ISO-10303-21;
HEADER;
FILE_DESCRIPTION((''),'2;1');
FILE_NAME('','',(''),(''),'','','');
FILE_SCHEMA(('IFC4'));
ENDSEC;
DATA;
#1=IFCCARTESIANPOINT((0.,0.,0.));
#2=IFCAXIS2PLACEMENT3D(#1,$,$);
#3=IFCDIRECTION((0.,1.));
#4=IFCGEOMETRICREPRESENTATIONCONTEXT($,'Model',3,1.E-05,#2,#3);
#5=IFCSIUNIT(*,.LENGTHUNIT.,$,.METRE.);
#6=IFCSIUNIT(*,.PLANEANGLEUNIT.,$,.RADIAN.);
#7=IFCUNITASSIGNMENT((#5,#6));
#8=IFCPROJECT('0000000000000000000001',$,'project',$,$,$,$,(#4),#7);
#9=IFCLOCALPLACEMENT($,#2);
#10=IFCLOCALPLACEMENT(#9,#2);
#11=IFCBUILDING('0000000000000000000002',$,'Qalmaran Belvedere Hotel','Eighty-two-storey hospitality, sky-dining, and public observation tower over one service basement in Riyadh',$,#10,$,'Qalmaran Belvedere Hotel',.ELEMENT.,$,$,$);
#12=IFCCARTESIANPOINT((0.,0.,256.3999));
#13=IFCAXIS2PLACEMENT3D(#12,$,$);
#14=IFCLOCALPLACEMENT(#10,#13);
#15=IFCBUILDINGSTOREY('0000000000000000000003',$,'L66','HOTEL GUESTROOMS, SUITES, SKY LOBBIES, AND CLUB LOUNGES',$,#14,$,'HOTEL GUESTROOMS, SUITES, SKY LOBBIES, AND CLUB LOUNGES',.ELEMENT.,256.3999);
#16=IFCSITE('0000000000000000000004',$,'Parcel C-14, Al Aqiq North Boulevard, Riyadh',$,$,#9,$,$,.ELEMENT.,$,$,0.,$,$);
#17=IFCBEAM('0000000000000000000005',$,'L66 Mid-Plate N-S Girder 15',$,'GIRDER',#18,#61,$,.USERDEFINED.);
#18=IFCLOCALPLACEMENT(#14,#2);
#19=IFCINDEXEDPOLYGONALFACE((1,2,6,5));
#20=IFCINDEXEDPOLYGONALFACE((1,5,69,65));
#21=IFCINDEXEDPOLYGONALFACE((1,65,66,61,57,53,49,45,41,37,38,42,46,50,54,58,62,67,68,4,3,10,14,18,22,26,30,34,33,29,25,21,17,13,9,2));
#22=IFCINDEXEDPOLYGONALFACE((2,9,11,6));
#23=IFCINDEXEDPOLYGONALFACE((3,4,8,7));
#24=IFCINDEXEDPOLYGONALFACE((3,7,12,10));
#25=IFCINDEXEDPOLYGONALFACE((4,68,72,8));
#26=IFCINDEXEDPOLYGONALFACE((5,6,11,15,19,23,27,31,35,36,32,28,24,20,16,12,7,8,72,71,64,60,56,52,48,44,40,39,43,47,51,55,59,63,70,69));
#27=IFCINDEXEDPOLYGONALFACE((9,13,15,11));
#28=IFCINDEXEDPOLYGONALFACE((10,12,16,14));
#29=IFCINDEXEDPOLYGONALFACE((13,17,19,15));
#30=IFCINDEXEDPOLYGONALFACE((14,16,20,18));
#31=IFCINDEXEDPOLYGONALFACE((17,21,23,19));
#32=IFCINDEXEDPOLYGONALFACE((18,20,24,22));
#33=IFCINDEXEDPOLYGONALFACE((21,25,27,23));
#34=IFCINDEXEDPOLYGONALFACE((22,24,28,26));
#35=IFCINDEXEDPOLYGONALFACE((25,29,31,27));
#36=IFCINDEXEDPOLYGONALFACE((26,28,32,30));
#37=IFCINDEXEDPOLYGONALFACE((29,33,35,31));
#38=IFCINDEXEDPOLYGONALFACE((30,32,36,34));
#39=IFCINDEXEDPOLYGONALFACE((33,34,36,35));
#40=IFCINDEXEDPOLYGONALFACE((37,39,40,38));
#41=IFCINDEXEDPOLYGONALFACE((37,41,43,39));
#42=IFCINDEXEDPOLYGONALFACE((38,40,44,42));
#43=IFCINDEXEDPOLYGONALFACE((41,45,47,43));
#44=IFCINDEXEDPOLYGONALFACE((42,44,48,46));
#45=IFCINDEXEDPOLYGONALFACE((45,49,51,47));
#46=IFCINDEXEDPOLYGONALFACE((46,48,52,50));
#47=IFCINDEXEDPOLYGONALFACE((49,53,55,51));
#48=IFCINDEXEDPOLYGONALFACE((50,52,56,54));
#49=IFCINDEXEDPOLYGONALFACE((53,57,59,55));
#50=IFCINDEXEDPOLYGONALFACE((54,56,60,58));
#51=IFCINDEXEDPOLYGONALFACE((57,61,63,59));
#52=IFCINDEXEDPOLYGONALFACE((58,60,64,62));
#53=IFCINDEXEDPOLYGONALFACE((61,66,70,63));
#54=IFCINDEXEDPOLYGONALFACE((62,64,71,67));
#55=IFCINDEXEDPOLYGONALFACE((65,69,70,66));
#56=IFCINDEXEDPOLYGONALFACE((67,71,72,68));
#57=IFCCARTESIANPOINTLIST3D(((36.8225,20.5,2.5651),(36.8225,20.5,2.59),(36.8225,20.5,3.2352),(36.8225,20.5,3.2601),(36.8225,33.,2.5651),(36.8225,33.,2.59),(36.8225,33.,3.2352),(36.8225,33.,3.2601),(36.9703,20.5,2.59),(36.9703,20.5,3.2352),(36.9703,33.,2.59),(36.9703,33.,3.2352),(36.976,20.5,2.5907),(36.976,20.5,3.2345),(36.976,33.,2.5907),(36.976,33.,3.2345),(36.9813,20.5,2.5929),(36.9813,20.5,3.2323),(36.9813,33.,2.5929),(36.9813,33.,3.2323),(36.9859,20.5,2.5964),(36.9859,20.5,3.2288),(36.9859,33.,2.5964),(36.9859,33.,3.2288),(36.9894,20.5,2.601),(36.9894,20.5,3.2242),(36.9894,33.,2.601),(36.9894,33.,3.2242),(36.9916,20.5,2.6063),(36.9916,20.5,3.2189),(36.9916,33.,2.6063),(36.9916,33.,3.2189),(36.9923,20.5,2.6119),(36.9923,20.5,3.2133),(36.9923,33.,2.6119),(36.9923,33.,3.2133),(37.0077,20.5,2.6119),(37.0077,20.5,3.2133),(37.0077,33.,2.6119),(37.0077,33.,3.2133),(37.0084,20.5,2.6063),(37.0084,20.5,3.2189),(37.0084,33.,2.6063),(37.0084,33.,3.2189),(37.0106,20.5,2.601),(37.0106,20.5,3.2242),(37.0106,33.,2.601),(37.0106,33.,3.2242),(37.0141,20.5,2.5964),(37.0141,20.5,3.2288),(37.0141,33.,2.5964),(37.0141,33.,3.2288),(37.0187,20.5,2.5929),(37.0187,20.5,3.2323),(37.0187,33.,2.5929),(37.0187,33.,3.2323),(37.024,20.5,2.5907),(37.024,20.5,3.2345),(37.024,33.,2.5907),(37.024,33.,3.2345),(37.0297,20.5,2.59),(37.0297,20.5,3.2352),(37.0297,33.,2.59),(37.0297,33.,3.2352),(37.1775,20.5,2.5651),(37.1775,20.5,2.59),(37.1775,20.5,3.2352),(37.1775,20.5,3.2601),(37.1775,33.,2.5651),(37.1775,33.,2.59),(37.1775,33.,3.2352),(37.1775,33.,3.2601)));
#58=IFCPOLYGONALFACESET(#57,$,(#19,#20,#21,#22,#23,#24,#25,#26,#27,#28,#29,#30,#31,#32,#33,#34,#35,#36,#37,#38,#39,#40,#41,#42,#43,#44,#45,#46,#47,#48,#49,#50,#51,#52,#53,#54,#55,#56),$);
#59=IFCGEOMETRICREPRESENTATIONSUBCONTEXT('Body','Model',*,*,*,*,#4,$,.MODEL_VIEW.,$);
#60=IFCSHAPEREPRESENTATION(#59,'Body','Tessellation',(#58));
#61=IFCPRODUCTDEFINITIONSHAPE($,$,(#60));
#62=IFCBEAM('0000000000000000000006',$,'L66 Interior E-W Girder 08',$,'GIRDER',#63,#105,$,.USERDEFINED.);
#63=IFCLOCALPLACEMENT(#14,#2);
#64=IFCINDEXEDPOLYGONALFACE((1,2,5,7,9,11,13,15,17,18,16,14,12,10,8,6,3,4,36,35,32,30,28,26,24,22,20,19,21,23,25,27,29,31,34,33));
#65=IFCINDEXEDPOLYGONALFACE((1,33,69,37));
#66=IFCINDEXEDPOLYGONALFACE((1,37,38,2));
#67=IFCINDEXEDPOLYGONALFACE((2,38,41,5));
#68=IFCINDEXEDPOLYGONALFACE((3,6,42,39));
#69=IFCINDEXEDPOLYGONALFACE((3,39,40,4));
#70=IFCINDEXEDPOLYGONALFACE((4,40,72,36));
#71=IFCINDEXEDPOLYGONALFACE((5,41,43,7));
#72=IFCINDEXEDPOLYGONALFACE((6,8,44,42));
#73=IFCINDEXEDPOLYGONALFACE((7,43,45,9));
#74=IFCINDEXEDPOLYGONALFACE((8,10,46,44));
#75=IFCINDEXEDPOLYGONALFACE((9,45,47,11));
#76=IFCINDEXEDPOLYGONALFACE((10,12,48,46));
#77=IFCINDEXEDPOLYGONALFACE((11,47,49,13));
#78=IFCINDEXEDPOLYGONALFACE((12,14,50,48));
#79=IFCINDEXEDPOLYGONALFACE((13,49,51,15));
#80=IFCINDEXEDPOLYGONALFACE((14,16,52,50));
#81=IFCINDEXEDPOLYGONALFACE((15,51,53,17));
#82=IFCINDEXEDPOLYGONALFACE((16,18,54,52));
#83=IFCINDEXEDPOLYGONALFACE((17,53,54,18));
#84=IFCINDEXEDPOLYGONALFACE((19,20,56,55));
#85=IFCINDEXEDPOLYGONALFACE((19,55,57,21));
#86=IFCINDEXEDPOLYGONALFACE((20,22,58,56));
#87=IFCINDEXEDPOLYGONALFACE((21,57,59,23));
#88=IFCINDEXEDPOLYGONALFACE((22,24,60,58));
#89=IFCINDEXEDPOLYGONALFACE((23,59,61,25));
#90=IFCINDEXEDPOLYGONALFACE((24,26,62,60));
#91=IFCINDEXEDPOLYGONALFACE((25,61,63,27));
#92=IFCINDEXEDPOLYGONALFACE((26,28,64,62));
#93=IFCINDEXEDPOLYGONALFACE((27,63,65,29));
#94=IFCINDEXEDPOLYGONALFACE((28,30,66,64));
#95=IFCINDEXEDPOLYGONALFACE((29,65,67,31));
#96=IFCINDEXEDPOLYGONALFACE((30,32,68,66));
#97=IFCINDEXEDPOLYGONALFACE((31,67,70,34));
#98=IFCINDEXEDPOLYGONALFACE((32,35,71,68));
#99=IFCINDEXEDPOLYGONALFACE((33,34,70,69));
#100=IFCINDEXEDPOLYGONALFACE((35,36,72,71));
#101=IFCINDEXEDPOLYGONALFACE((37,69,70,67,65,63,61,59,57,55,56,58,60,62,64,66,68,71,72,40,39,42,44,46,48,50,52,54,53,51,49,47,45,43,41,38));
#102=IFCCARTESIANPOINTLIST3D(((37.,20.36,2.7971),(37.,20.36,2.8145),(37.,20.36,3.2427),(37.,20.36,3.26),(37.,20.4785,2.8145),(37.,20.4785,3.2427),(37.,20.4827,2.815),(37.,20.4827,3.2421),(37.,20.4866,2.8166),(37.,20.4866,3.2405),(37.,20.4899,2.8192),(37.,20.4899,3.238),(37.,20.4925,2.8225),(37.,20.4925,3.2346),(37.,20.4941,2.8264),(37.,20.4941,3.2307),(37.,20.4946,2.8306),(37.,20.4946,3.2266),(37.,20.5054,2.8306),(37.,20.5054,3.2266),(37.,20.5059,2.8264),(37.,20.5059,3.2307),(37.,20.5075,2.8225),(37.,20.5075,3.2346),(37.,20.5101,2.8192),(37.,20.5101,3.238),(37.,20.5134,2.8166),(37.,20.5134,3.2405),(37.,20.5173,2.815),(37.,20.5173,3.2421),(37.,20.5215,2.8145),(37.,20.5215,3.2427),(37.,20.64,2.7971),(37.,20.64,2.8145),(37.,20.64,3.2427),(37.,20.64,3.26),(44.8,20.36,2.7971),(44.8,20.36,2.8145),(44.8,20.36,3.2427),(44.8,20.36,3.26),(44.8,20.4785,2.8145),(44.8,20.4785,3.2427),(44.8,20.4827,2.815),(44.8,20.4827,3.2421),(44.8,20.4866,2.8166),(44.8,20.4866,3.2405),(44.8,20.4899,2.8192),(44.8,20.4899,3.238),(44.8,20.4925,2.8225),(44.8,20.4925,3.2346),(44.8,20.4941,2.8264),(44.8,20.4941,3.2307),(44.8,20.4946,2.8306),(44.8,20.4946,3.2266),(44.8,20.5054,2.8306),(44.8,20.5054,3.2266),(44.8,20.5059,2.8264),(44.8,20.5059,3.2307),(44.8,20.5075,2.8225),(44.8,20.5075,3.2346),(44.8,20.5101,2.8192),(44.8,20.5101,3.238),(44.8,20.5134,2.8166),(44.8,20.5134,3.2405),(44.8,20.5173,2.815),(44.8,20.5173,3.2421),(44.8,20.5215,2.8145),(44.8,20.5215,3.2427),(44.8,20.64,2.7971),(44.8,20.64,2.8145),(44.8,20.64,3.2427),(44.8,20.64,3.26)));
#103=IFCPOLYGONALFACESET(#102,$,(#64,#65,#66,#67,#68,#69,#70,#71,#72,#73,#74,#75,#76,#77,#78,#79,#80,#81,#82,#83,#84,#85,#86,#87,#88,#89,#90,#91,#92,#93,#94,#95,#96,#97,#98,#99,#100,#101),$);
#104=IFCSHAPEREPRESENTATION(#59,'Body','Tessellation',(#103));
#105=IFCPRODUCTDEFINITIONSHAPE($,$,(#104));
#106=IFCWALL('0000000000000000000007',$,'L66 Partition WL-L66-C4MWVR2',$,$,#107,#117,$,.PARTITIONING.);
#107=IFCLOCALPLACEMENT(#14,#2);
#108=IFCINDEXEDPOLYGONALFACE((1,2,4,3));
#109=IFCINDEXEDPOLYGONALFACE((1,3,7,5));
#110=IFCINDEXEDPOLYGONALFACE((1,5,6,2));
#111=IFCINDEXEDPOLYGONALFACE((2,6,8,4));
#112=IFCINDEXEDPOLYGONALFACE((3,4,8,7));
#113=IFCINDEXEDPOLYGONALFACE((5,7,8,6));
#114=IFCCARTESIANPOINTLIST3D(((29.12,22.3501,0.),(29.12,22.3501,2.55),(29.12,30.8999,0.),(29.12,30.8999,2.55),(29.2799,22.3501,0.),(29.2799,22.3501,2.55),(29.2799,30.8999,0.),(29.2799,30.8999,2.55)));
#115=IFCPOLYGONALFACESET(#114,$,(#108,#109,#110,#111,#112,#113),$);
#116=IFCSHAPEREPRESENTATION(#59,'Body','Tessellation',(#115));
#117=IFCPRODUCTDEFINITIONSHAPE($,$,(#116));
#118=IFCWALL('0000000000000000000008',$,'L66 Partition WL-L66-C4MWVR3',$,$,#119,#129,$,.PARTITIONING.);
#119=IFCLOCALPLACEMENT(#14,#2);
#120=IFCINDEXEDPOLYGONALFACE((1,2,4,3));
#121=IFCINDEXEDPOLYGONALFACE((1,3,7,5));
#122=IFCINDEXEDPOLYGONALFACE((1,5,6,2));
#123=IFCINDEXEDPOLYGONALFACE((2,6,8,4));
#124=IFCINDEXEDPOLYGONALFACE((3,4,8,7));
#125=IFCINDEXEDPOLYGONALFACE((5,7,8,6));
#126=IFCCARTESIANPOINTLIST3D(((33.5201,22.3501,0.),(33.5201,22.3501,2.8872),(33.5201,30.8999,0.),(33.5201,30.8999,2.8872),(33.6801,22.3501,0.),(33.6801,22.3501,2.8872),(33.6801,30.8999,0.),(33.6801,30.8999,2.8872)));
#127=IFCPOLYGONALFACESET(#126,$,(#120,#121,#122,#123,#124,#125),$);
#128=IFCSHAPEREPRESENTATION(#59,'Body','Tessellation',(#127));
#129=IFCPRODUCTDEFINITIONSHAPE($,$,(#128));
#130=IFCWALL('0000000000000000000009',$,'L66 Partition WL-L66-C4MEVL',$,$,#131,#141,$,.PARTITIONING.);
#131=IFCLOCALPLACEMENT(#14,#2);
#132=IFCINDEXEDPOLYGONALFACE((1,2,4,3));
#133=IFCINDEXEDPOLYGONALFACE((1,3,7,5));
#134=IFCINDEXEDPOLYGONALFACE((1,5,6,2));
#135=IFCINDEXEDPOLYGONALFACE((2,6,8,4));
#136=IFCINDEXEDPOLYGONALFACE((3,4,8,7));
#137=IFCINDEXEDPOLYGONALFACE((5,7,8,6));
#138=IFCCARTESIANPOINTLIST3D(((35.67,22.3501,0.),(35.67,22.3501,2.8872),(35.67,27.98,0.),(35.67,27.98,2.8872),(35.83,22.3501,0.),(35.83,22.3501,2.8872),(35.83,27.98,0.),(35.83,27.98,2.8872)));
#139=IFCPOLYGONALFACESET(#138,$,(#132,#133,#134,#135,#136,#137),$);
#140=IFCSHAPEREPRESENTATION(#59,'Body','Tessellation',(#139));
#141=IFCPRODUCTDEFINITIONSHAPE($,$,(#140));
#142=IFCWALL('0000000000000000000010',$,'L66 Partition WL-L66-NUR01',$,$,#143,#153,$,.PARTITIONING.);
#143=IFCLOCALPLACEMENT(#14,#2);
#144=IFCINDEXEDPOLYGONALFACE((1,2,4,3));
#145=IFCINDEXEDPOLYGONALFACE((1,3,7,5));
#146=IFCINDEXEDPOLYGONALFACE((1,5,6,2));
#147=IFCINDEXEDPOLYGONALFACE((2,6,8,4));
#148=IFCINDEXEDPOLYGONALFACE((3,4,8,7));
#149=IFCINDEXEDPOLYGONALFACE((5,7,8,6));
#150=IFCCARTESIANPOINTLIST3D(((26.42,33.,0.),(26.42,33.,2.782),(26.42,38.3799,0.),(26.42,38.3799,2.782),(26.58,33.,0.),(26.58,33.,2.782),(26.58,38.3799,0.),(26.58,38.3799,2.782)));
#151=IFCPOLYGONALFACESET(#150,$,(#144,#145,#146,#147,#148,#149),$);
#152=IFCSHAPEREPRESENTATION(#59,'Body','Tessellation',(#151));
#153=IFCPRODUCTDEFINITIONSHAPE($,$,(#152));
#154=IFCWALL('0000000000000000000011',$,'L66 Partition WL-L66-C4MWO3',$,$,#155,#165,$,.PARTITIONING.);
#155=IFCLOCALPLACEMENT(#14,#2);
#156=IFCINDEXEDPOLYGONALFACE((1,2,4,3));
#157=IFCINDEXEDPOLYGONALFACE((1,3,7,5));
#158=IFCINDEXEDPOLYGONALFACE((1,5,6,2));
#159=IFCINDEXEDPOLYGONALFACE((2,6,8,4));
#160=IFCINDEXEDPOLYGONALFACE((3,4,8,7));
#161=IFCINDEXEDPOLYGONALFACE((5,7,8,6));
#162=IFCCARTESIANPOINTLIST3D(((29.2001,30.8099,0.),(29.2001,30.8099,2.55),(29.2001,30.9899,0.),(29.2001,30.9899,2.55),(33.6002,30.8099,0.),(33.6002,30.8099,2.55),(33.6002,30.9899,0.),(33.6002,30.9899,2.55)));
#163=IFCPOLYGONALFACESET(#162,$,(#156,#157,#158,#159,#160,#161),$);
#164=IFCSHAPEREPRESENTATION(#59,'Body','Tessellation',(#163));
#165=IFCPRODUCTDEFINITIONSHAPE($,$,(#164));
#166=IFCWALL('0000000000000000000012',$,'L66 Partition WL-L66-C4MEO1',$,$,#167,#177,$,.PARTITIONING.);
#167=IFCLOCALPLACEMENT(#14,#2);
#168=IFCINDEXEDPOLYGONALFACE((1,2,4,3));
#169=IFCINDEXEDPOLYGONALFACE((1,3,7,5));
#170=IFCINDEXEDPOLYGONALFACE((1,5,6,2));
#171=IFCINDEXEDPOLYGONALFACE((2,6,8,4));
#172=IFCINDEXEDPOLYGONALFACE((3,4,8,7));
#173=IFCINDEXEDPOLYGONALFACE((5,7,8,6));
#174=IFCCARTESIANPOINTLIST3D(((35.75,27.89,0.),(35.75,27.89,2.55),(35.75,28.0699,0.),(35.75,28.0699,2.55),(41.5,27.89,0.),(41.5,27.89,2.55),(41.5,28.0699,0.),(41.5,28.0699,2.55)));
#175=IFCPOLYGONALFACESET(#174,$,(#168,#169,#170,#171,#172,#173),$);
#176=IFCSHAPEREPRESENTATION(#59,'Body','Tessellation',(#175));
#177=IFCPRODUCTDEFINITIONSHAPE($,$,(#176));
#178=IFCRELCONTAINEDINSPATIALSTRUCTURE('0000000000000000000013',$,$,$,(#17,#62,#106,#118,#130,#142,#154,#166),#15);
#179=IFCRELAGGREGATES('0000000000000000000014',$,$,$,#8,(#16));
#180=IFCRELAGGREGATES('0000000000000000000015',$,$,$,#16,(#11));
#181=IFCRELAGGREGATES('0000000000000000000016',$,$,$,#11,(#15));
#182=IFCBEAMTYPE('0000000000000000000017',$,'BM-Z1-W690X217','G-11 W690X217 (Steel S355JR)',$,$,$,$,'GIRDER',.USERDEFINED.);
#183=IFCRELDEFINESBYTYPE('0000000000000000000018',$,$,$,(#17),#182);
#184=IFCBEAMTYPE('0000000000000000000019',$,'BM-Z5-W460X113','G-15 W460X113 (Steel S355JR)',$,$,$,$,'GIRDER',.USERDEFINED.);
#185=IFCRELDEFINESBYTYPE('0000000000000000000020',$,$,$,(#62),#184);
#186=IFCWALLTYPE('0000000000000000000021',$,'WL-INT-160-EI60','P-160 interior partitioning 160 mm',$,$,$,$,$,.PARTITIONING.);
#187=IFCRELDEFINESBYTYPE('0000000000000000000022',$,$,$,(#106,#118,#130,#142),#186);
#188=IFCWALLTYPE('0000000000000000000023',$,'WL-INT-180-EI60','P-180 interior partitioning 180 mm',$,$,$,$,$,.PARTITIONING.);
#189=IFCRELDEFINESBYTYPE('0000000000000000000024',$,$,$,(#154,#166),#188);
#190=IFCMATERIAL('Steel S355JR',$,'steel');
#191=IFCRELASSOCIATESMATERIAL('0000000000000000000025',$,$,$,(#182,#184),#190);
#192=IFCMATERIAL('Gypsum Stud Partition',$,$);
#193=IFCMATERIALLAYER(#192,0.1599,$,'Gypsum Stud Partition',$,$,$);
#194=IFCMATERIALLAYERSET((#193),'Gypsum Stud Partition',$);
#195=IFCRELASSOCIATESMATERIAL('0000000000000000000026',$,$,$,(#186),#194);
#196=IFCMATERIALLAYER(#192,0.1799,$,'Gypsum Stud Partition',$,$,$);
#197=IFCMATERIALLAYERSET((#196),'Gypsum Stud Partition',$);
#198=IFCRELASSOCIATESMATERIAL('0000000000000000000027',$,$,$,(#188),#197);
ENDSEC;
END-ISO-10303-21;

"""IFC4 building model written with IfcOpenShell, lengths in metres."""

from ifc_helpers import new_model, si_unit, direction, frame, frame_2d, origin, origin_2d, place, context, subcontext, project, spatial, rectangle, i_section, extrude, material, layer, layer_set, material_profile, profile_set, type_object, element, save


model = new_model("IFC4")

# Units and contexts
model_context = context("Model", 3, precision=1e-05, world=origin(), true_north=direction((0.0, 1.0)))
body_context = subcontext(model_context, "Body", "Model", "MODEL_VIEW")
ifc_project = project(units=[si_unit("LENGTHUNIT", "METRE"), si_unit("PLANEANGLEUNIT", "RADIAN")], contexts=[model_context])

# Site, building, storey
site_placement = place(None, origin())
site = spatial("IfcSite", under=ifc_project, at=site_placement, Name="Parcel C-14, Al Aqiq North Boulevard, Riyadh", CompositionType="ELEMENT", RefElevation=0.0)
building_placement = place(site_placement, origin())
building = spatial("IfcBuilding", under=site, at=building_placement, Name="Qalmaran Belvedere Hotel", Description="Eighty-two-storey hospitality, sky-dining, and public observation tower over one service basement in Riyadh", LongName="Qalmaran Belvedere Hotel", CompositionType="ELEMENT")
storey_placement = place(building_placement, frame((0.0, 0.0, 256.3999)))
storey = spatial("IfcBuildingStorey", under=building, at=storey_placement, Name="L66", Description="HOTEL GUESTROOMS, SUITES, SKY LOBBIES, AND CLUB LOUNGES", LongName="HOTEL GUESTROOMS, SUITES, SKY LOBBIES, AND CLUB LOUNGES", CompositionType="ELEMENT", Elevation=256.3999)

# Beams
ifc_material_1 = material(Name="Steel S355JR", Category="steel")
ifc_material_profile_1 = material_profile(ifc_material_1, i_section(OverallWidth=0.355, OverallDepth=0.6951, WebThickness=0.0154, FlangeThickness=0.0249, FilletRadius=0.022, at=origin_2d()), Name="W690X217")
ifc_profile_set_1 = profile_set([ifc_material_profile_1], Name="Steel S355JR")
beam_type_1 = type_object("IfcBeamType", Name="BM-Z1-W690X217", Description="G-11 W690X217 (Steel S355JR)", ElementType="GIRDER", PredefinedType="USERDEFINED", material=ifc_profile_set_1)
for number, where, z_axis, x_axis, name in (
    (1, (37.0, 20.5, 2.9126), (0.0, 1.0, 0.0), (-1.0, 0.0, 0.0), "L66 Mid-Plate N-S Girder 15"),
):
    element("IfcBeam", number, at=place(storey_placement, frame(where, z_axis=z_axis, x_axis=x_axis)), inside=storey, type_object=beam_type_1, Name=name, ObjectType="GIRDER", PredefinedType="USERDEFINED", context=body_context, shape_type="SweptSolid", body=[
        extrude(i_section(OverallWidth=0.355, OverallDepth=0.6951, WebThickness=0.0154, FlangeThickness=0.0249, FilletRadius=0.022, at=origin_2d()), origin(), (0.0, 0.0, 1.0), 12.5),
    ])
ifc_material_profile_2 = material_profile(ifc_material_1, i_section(OverallWidth=0.28, OverallDepth=0.4629, WebThickness=0.0107, FlangeThickness=0.0173, FilletRadius=0.0161, at=origin_2d()), Name="W460X113")
ifc_profile_set_2 = profile_set([ifc_material_profile_2], Name="Steel S355JR")
beam_type_2 = type_object("IfcBeamType", Name="BM-Z5-W460X113", Description="G-15 W460X113 (Steel S355JR)", ElementType="GIRDER", PredefinedType="USERDEFINED", material=ifc_profile_set_2)
beam_placement = place(storey_placement, frame((37.0, 20.5, 3.0286), z_axis=(1.0, 0.0, 0.0), x_axis=(0.0, 1.0, 0.0)))
element("IfcBeam", 2, at=beam_placement, inside=storey, type_object=beam_type_2, Name="L66 Interior E-W Girder 08", ObjectType="GIRDER", PredefinedType="USERDEFINED", context=body_context, shape_type="SweptSolid", body=[
    extrude(i_section(OverallWidth=0.28, OverallDepth=0.4629, WebThickness=0.0107, FlangeThickness=0.0173, FilletRadius=0.0161, at=origin_2d()), origin(), (0.0, 0.0, 1.0), 7.8),
])

# Shared definitions
ifc_material_2 = material(Name="Gypsum Stud Partition")

# Walls
ifc_layer_1 = layer(ifc_material_2, 0.1599, Name="Gypsum Stud Partition")
ifc_layer_set_1 = layer_set([ifc_layer_1], Name="Gypsum Stud Partition")
wall_type_1 = type_object("IfcWallType", Name="WL-INT-160-EI60", Description="P-160 interior partitioning 160 mm", PredefinedType="PARTITIONING", material=ifc_layer_set_1)
wall_1_placement = place(storey_placement, frame((29.2, 22.3501, 0.0), z_axis=(0.0, 0.0, 1.0), x_axis=(0.0, 1.0, 0.0)))
element("IfcWall", 3, at=wall_1_placement, inside=storey, type_object=wall_type_1, Name="L66 Partition WL-L66-C4MWVR2", PredefinedType="PARTITIONING", context=body_context, shape_type="SweptSolid", body=[
    extrude(rectangle(XDim=8.5498, YDim=0.1599, at=frame_2d((4.2749, 0.0))), origin(), (0.0, 0.0, 1.0), 2.55),
])
wall_2_placement = place(storey_placement, frame((33.6001, 22.3501, 0.0), z_axis=(0.0, 0.0, 1.0), x_axis=(0.0, 1.0, 0.0)))
element("IfcWall", 4, at=wall_2_placement, inside=storey, type_object=wall_type_1, Name="L66 Partition WL-L66-C4MWVR3", PredefinedType="PARTITIONING", context=body_context, shape_type="SweptSolid", body=[
    extrude(rectangle(XDim=8.5498, YDim=0.1599, at=frame_2d((4.2749, 0.0))), origin(), (0.0, 0.0, 1.0), 2.8872),
])
wall_3_placement = place(storey_placement, frame((35.75, 22.3501, 0.0), z_axis=(0.0, 0.0, 1.0), x_axis=(0.0, 1.0, 0.0)))
element("IfcWall", 5, at=wall_3_placement, inside=storey, type_object=wall_type_1, Name="L66 Partition WL-L66-C4MEVL", PredefinedType="PARTITIONING", context=body_context, shape_type="SweptSolid", body=[
    extrude(rectangle(XDim=5.6299, YDim=0.1599, at=frame_2d((2.8149, 0.0))), origin(), (0.0, 0.0, 1.0), 2.8872),
])
wall_4_placement = place(storey_placement, frame((26.5, 33.0, 0.0), z_axis=(0.0, 0.0, 1.0), x_axis=(0.0, 1.0, 0.0)))
element("IfcWall", 6, at=wall_4_placement, inside=storey, type_object=wall_type_1, Name="L66 Partition WL-L66-NUR01", PredefinedType="PARTITIONING", context=body_context, shape_type="SweptSolid", body=[
    extrude(rectangle(XDim=5.3799, YDim=0.1599, at=frame_2d((2.6899, 0.0))), origin(), (0.0, 0.0, 1.0), 2.782),
])

# Shared definitions
ifc_layer_2 = layer(ifc_material_2, 0.1799, Name="Gypsum Stud Partition")
ifc_layer_set_2 = layer_set([ifc_layer_2], Name="Gypsum Stud Partition")
wall_type_2 = type_object("IfcWallType", Name="WL-INT-180-EI60", Description="P-180 interior partitioning 180 mm", PredefinedType="PARTITIONING", material=ifc_layer_set_2)

# Wall
wall_5_placement = place(storey_placement, frame((29.2, 30.8999, 0.0), z_axis=(0.0, 0.0, 1.0), x_axis=(1.0, 0.0, 0.0)))
element("IfcWall", 7, at=wall_5_placement, inside=storey, type_object=wall_type_2, Name="L66 Partition WL-L66-C4MWO3", PredefinedType="PARTITIONING", context=body_context, shape_type="SweptSolid", body=[
    extrude(rectangle(XDim=4.4001, YDim=0.1799, at=frame_2d((2.2002, 0.0))), origin(), (0.0, 0.0, 1.0), 2.55),
])

# Wall
wall_6_placement = place(storey_placement, frame((35.75, 27.98, 0.0), z_axis=(0.0, 0.0, 1.0), x_axis=(1.0, 0.0, 0.0)))
element("IfcWall", 8, at=wall_6_placement, inside=storey, type_object=wall_type_2, Name="L66 Partition WL-L66-C4MEO1", PredefinedType="PARTITIONING", context=body_context, shape_type="SweptSolid", body=[
    extrude(rectangle(XDim=5.75, YDim=0.1799, at=frame_2d((2.875, 0.0))), origin(), (0.0, 0.0, 1.0), 2.55),
])

save(model, "model.ifc")
